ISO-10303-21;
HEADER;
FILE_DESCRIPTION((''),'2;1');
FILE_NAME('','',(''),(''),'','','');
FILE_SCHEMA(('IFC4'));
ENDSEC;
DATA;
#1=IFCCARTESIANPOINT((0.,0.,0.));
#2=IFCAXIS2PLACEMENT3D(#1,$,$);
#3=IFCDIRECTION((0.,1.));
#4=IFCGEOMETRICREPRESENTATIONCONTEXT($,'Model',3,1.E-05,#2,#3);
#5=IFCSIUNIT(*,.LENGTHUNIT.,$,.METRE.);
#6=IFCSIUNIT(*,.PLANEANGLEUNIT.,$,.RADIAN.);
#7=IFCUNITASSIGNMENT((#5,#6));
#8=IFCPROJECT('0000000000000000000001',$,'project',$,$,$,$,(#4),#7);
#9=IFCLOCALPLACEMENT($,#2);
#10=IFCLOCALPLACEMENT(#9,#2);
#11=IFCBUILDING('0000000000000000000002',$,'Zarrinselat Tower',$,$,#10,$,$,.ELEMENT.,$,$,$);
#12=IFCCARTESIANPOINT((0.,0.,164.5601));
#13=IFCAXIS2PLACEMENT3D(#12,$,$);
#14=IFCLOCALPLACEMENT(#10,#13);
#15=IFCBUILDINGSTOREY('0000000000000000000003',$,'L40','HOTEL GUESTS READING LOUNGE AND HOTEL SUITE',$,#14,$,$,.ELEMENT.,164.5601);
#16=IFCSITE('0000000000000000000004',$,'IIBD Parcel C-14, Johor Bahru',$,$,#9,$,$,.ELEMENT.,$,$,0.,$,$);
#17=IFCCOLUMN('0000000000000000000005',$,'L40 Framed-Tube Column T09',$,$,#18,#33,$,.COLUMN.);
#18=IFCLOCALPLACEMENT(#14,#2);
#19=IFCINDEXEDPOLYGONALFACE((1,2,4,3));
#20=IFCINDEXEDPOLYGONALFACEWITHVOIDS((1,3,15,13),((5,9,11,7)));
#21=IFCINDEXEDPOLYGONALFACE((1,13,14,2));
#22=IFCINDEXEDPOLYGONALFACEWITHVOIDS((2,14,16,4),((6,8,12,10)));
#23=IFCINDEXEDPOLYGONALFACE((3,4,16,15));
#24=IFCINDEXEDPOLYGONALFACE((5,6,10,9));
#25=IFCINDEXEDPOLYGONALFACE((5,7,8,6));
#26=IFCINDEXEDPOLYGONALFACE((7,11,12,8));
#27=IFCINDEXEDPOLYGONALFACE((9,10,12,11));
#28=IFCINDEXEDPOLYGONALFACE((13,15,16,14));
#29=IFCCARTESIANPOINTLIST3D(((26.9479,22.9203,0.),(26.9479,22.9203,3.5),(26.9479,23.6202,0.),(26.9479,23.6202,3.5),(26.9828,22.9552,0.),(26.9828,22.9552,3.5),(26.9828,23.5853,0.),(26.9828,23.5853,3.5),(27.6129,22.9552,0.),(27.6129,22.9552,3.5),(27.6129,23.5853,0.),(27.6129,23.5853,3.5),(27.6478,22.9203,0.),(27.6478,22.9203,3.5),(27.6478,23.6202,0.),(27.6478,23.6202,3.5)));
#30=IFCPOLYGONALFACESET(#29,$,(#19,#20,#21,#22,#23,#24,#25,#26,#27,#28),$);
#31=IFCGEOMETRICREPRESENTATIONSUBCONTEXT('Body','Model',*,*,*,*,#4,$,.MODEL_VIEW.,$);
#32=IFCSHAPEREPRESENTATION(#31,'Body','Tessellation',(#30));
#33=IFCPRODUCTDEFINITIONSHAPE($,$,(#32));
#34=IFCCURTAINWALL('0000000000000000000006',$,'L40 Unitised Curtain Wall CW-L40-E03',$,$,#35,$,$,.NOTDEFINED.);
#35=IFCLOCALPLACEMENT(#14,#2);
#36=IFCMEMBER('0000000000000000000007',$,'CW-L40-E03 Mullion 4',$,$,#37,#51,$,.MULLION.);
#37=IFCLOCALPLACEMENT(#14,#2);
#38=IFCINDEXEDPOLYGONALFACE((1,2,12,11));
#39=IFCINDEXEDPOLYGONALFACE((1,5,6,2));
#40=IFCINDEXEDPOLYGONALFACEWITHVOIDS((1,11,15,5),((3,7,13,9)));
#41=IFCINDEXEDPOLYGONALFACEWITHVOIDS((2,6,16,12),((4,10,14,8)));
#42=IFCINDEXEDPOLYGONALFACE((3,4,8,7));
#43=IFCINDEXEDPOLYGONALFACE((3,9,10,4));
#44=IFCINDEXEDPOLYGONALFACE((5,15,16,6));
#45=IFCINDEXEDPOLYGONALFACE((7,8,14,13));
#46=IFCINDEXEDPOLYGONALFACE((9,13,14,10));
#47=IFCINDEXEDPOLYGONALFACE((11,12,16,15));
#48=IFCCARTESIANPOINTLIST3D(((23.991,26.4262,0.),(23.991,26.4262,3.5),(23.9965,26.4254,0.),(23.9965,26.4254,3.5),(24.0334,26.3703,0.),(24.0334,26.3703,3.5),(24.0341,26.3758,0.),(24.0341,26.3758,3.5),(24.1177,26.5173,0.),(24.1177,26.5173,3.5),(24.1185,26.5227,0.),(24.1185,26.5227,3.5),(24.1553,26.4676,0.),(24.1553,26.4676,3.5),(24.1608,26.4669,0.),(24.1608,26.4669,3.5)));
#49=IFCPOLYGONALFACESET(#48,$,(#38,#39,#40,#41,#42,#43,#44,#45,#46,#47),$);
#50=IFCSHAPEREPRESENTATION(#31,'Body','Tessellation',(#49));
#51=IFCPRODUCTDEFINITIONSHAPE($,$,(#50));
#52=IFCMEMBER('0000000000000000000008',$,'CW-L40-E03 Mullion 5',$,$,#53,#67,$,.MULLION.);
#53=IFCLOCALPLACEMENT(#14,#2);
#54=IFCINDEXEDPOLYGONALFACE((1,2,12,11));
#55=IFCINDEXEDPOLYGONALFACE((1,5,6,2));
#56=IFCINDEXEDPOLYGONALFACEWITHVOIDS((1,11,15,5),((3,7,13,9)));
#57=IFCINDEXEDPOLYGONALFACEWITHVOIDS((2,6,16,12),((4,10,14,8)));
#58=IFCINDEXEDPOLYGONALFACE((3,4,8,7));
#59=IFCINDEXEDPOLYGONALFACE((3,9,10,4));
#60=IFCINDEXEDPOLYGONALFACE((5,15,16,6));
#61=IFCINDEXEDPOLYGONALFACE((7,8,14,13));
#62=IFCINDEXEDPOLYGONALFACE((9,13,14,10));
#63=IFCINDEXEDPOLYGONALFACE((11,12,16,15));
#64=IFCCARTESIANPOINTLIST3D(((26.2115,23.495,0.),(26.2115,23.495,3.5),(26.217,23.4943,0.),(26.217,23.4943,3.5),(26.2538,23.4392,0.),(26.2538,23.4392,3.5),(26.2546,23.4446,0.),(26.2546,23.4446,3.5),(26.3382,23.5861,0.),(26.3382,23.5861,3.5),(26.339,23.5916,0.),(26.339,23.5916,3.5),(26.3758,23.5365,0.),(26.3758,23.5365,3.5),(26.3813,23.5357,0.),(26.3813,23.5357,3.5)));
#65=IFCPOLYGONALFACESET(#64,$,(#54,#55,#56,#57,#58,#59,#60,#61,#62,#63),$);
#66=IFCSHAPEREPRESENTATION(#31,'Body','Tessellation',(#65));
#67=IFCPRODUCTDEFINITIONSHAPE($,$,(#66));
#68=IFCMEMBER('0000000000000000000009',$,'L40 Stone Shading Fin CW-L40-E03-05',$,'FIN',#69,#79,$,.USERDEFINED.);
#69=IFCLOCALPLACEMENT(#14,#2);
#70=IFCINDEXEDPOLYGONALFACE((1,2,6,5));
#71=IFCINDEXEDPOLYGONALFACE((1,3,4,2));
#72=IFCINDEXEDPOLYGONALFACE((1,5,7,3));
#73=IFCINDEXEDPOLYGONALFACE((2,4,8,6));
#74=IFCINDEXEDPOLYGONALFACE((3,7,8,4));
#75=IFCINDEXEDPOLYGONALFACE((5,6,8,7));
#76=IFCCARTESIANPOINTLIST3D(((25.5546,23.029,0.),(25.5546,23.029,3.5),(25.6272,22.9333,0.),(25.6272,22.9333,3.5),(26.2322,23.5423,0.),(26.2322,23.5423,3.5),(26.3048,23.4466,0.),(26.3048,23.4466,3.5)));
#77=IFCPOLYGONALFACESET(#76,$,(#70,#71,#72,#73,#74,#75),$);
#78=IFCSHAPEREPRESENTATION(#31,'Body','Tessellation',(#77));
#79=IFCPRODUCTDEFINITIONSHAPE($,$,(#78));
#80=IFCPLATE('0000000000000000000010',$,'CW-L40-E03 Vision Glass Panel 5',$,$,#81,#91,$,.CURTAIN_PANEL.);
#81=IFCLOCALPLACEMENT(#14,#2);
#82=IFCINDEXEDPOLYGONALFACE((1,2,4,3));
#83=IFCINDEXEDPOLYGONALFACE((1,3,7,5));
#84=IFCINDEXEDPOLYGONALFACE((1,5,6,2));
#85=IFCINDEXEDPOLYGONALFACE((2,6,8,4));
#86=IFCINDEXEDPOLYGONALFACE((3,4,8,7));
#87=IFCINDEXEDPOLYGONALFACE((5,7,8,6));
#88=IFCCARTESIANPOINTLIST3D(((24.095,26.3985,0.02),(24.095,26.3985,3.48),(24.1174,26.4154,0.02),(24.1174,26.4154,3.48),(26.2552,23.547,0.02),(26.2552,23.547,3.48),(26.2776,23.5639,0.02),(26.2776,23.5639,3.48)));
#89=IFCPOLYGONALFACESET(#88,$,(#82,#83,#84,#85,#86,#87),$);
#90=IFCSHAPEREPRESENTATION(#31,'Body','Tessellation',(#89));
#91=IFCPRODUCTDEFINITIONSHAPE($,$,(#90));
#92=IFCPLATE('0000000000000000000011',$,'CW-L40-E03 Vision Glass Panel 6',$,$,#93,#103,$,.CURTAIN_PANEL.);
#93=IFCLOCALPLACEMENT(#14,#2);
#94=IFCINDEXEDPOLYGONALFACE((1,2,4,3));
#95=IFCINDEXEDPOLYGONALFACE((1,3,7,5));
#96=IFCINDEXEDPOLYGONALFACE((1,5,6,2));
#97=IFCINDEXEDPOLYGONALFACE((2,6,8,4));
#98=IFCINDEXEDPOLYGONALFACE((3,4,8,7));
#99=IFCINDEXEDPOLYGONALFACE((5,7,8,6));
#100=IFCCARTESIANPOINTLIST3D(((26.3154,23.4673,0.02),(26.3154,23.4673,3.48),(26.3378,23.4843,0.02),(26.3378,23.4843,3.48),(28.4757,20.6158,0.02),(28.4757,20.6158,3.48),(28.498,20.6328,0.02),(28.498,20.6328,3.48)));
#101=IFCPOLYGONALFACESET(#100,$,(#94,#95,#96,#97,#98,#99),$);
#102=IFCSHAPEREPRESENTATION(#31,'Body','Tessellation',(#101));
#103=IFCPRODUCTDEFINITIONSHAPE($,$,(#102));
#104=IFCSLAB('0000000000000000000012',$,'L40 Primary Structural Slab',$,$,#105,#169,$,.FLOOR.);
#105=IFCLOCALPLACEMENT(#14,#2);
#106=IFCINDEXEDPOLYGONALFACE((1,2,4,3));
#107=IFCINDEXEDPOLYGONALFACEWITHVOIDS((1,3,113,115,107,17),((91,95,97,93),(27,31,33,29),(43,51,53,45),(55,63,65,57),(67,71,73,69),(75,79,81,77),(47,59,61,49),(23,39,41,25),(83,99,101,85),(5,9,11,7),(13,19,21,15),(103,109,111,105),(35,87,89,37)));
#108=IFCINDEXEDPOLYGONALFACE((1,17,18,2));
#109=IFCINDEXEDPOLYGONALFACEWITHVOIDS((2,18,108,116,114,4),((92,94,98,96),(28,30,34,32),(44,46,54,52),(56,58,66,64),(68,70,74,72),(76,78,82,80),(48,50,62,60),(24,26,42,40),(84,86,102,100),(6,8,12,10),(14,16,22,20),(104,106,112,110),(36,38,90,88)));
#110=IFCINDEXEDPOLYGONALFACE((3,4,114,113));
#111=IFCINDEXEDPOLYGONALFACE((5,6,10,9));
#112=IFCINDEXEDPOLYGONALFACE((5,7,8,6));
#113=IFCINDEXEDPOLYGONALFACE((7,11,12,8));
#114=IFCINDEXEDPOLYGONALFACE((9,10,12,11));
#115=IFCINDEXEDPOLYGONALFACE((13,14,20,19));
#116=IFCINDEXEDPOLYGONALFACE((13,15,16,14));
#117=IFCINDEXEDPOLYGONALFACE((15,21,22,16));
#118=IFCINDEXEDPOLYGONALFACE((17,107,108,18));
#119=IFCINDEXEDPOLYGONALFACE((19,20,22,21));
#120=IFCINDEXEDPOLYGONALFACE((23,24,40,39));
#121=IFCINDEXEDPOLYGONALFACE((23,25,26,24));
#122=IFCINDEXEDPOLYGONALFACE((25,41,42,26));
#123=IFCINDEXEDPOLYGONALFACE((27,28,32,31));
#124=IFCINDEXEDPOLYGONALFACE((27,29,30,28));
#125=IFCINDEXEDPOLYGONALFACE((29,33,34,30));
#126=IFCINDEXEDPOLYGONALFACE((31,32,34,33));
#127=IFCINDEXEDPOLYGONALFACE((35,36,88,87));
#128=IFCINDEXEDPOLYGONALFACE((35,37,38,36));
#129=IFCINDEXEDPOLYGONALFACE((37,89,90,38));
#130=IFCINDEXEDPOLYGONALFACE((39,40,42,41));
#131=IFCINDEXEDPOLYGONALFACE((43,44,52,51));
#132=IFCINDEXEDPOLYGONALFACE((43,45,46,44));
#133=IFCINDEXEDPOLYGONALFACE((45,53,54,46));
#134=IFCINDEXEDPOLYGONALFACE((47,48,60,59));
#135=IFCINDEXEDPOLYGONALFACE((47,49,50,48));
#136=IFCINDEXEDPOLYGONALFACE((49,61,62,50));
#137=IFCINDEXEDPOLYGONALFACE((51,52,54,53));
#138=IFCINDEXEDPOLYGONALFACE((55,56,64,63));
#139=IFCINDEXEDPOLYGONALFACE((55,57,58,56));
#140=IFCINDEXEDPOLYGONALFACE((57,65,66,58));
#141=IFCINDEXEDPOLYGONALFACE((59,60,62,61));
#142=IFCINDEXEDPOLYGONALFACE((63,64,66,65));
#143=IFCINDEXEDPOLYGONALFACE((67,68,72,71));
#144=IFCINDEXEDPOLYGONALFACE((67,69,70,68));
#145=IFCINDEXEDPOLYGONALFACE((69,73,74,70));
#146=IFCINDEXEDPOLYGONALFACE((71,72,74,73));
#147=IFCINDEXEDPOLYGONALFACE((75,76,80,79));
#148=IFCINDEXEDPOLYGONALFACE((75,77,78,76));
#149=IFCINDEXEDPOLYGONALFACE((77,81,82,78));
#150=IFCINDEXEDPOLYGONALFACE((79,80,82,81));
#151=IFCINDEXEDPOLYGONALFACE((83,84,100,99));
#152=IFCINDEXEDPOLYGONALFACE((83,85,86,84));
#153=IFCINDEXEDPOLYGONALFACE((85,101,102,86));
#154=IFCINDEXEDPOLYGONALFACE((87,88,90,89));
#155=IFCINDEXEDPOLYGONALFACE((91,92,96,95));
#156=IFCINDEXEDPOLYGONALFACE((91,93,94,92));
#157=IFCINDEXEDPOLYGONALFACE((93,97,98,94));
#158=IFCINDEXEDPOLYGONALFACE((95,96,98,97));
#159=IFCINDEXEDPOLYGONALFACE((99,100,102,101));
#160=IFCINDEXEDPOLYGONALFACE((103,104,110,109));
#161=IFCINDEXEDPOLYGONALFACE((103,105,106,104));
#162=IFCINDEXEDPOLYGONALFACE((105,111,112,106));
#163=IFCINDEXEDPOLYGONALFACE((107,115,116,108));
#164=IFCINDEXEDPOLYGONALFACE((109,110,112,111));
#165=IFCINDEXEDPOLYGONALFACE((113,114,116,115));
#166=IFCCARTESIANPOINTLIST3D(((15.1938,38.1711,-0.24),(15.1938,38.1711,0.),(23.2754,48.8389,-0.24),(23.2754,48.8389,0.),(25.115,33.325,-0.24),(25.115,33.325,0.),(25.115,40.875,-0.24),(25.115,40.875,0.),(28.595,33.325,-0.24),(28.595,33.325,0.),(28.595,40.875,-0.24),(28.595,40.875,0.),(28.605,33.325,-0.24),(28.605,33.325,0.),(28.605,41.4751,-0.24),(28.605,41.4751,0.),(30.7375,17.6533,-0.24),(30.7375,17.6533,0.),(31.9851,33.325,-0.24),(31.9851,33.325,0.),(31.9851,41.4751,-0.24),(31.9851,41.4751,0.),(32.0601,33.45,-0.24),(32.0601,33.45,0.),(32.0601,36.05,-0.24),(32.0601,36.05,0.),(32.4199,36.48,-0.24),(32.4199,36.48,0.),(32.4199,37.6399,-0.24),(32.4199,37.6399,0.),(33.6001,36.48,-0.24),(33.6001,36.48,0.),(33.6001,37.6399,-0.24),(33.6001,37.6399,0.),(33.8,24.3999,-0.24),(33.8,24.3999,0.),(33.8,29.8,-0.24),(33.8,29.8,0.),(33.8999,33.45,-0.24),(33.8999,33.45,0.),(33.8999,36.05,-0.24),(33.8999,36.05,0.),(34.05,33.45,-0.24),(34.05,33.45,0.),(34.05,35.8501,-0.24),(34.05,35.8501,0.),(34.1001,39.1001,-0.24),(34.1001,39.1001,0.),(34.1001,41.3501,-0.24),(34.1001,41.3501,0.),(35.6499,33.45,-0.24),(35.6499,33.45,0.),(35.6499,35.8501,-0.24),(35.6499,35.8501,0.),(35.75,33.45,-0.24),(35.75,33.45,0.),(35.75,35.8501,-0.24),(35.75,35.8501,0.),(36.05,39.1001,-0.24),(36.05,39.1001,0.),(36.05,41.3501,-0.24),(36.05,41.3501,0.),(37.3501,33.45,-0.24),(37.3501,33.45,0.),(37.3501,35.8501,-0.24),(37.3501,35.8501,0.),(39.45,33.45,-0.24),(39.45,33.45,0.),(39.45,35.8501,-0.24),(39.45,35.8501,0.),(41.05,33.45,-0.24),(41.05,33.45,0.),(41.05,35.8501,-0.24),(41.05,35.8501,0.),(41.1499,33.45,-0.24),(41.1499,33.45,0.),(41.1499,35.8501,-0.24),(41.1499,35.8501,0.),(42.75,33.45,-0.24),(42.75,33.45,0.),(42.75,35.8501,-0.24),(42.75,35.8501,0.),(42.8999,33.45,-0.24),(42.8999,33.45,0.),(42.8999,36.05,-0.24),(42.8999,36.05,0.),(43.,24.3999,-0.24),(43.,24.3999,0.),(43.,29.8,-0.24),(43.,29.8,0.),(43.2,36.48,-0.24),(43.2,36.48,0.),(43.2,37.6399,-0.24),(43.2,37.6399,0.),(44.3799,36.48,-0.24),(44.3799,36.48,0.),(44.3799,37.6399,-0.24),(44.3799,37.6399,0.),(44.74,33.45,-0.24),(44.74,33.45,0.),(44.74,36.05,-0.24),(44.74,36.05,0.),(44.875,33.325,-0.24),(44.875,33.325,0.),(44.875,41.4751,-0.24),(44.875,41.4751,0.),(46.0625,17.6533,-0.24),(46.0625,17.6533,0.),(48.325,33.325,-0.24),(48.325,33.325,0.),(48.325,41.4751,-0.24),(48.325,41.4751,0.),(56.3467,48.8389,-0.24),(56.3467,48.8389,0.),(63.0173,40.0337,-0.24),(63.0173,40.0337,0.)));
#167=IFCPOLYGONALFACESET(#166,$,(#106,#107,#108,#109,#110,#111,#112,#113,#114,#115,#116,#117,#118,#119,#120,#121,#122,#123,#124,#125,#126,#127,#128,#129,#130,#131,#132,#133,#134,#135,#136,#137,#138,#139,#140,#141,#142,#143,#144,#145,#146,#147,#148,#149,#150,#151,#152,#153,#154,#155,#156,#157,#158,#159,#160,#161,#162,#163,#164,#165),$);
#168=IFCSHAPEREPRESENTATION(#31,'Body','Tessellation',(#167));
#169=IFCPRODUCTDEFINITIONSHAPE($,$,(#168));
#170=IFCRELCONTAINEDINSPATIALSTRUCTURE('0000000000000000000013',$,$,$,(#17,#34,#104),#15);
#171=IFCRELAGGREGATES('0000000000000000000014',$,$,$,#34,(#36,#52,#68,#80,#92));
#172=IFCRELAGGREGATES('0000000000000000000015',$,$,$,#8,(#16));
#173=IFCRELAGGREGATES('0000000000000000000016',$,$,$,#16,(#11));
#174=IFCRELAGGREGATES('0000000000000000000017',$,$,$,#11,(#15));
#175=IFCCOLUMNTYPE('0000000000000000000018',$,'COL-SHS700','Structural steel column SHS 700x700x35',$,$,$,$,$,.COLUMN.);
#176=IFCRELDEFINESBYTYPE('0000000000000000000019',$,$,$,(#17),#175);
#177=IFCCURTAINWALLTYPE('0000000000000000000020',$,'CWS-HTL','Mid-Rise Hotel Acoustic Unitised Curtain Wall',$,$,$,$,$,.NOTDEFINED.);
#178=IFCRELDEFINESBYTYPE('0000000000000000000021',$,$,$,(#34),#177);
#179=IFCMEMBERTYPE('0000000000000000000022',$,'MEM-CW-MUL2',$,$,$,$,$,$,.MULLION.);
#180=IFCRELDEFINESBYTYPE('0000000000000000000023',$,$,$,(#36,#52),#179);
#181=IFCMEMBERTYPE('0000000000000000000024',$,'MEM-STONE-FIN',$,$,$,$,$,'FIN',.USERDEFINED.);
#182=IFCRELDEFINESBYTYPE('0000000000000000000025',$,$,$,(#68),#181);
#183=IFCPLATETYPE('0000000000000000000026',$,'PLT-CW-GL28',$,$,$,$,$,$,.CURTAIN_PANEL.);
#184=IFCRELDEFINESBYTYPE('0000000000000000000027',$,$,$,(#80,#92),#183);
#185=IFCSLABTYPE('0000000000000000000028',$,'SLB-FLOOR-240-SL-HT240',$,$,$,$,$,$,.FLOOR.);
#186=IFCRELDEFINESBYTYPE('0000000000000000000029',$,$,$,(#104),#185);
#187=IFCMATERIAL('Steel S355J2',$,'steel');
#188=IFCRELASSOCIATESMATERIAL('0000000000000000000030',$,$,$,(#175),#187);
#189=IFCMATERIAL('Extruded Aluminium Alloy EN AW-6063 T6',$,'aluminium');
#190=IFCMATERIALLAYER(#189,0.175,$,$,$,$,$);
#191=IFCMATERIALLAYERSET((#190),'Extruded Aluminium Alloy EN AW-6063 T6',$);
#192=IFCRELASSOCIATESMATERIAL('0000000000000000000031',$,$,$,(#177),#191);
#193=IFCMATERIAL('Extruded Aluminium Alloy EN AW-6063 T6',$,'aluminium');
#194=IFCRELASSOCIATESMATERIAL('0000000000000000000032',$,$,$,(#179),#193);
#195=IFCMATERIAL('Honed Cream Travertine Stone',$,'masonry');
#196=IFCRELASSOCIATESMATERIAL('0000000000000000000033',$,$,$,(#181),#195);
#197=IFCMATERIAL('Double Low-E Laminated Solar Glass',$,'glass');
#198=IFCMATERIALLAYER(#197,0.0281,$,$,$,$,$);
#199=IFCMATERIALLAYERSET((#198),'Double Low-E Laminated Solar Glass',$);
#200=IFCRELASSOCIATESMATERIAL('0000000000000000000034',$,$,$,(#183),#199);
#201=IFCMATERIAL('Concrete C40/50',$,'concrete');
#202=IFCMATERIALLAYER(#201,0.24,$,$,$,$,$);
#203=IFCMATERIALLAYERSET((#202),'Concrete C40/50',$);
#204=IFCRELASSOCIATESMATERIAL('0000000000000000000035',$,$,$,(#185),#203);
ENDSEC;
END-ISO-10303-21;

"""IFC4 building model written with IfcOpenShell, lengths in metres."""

from ifc_helpers import new_model, si_unit, direction, frame, origin, origin_2d, place, context, subcontext, project, spatial, polyline, rectangle, hollow_rectangle, outline, extrude, material, layer, layer_set, material_profile, profile_set, type_object, element, aggregate, save


model = new_model("IFC4")

# Units and contexts
model_context = context("Model", 3, precision=1e-05, world=origin(), true_north=direction((0.0, 1.0)))
body_context = subcontext(model_context, "Body", "Model", "MODEL_VIEW")
ifc_project = project(units=[si_unit("LENGTHUNIT", "METRE"), si_unit("PLANEANGLEUNIT", "RADIAN")], contexts=[model_context])

# Site, building, storey
site_placement = place(None, origin())
site = spatial("IfcSite", under=ifc_project, at=site_placement, Name="IIBD Parcel C-14, Johor Bahru", CompositionType="ELEMENT", RefElevation=0.0)
building_placement = place(site_placement, origin())
building = spatial("IfcBuilding", under=site, at=building_placement, Name="Zarrinselat Tower", CompositionType="ELEMENT")
storey_placement = place(building_placement, frame((0.0, 0.0, 164.5601)))
storey = spatial("IfcBuildingStorey", under=building, at=storey_placement, Name="L40", Description="HOTEL GUESTS READING LOUNGE AND HOTEL SUITE", CompositionType="ELEMENT", Elevation=164.5601)

# Column
ifc_material_1 = material(Name="Steel S355J2", Category="steel")
ifc_material_profile_1 = material_profile(ifc_material_1, hollow_rectangle(XDim=0.7, YDim=0.7, WallThickness=0.0349, at=origin_2d()), Name="SHS 700x700x35")
ifc_profile_set_1 = profile_set([ifc_material_profile_1], Name="Steel S355J2")
column_type = type_object("IfcColumnType", Name="COL-SHS700", Description="Structural steel column SHS 700x700x35", PredefinedType="COLUMN", material=ifc_profile_set_1)
column_placement = place(storey_placement, frame((27.2979, 23.2703, 0.0), z_axis=(0.0, 0.0, 1.0), x_axis=(1.0, 0.0, 0.0)))
element("IfcColumn", 1, at=column_placement, inside=storey, type_object=column_type, Name="L40 Framed-Tube Column T09", PredefinedType="COLUMN", context=body_context, shape_type="SweptSolid", body=[
    extrude(hollow_rectangle(XDim=0.7, YDim=0.7, WallThickness=0.0349, at=origin_2d()), origin(), (0.0, 0.0, 1.0), 3.5),
])

# Curtain wall, members, plates
ifc_material_2 = material(Name="Extruded Aluminium Alloy EN AW-6063 T6", Category="aluminium")
ifc_layer_1 = layer(ifc_material_2, 0.175)
ifc_layer_set_1 = layer_set([ifc_layer_1], Name="Extruded Aluminium Alloy EN AW-6063 T6")
curtain_wall_type = type_object("IfcCurtainWallType", Name="CWS-HTL", Description="Mid-Rise Hotel Acoustic Unitised Curtain Wall", PredefinedType="NOTDEFINED", material=ifc_layer_set_1)
curtain_wall_placement = place(storey_placement, origin())
curtain_wall = element("IfcCurtainWall", 2, at=curtain_wall_placement, inside=storey, type_object=curtain_wall_type, Name="L40 Unitised Curtain Wall CW-L40-E03", PredefinedType="NOTDEFINED")
ifc_material_3 = material(Name="Extruded Aluminium Alloy EN AW-6063 T6", Category="aluminium")
ifc_material_profile_2 = material_profile(ifc_material_3, hollow_rectangle(XDim=0.0701, YDim=0.1599, WallThickness=0.0039, at=origin_2d()), Name="RHS 160x70x4")
ifc_profile_set_2 = profile_set([ifc_material_profile_2], Name="Extruded Aluminium Alloy EN AW-6063 T6")
member_type_1 = type_object("IfcMemberType", Name="MEM-CW-MUL2", PredefinedType="MULLION", material=ifc_profile_set_2)
member_1_placement = place(storey_placement, frame((24.0759, 26.4465, 0.0), z_axis=(0.0, 0.0, 1.0), x_axis=(0.603858, -0.797092, 0.0)))
member_1 = element("IfcMember", 3, at=member_1_placement, type_object=member_type_1, Name="CW-L40-E03 Mullion 4", PredefinedType="MULLION", context=body_context, shape_type="SweptSolid", body=[
    extrude(hollow_rectangle(XDim=0.0701, YDim=0.1599, WallThickness=0.0039, at=origin_2d()), origin(), (0.0, 0.0, 1.0), 3.5),
])
member_2_placement = place(storey_placement, frame((26.2964, 23.5154, 0.0), z_axis=(0.0, 0.0, 1.0), x_axis=(0.603858, -0.797092, 0.0)))
member_2 = element("IfcMember", 4, at=member_2_placement, type_object=member_type_1, Name="CW-L40-E03 Mullion 5", PredefinedType="MULLION", context=body_context, shape_type="SweptSolid", body=[
    extrude(hollow_rectangle(XDim=0.0701, YDim=0.1599, WallThickness=0.0039, at=origin_2d()), origin(), (0.0, 0.0, 1.0), 3.5),
])
ifc_material_4 = material(Name="Honed Cream Travertine Stone", Category="masonry")
ifc_material_profile_3 = material_profile(ifc_material_4, rectangle(XDim=0.1201, YDim=0.8501, at=origin_2d()), Name="FIN 850x120")
ifc_profile_set_3 = profile_set([ifc_material_profile_3], Name="Honed Cream Travertine Stone")
member_type_2 = type_object("IfcMemberType", Name="MEM-STONE-FIN", ElementType="FIN", PredefinedType="USERDEFINED", material=ifc_profile_set_3)
member_3_placement = place(storey_placement, frame((25.9297, 23.2378, 0.0), z_axis=(0.0, 0.0, 1.0), x_axis=(-0.603858, 0.797092, 0.0)))
member_3 = element("IfcMember", 5, at=member_3_placement, type_object=member_type_2, Name="L40 Stone Shading Fin CW-L40-E03-05", ObjectType="FIN", PredefinedType="USERDEFINED", context=body_context, shape_type="SweptSolid", body=[
    extrude(rectangle(XDim=0.1201, YDim=0.8501, at=origin_2d()), origin(), (0.0, 0.0, 1.0), 3.5),
])
ifc_material_5 = material(Name="Double Low-E Laminated Solar Glass", Category="glass")
ifc_layer_2 = layer(ifc_material_5, 0.0281)
ifc_layer_set_2 = layer_set([ifc_layer_2], Name="Double Low-E Laminated Solar Glass")
plate_type = type_object("IfcPlateType", Name="PLT-CW-GL28", PredefinedType="CURTAIN_PANEL", material=ifc_layer_set_2)
plate_1_placement = place(storey_placement, frame((25.1863, 24.9812, 0.02), z_axis=(0.0, 0.0, 1.0), x_axis=(0.603858, -0.797092, 0.0)))
plate_1 = element("IfcPlate", 6, at=plate_1_placement, type_object=plate_type, Name="CW-L40-E03 Vision Glass Panel 5", PredefinedType="CURTAIN_PANEL", context=body_context, shape_type="SweptSolid", body=[
    extrude(rectangle(XDim=3.5774, YDim=0.0281, at=origin_2d()), origin(), (0.0, 0.0, 1.0), 3.46),
])
plate_2_placement = place(storey_placement, frame((27.4067, 22.05, 0.02), z_axis=(0.0, 0.0, 1.0), x_axis=(0.603858, -0.797092, 0.0)))
plate_2 = element("IfcPlate", 7, at=plate_2_placement, type_object=plate_type, Name="CW-L40-E03 Vision Glass Panel 6", PredefinedType="CURTAIN_PANEL", context=body_context, shape_type="SweptSolid", body=[
    extrude(rectangle(XDim=3.5774, YDim=0.0281, at=origin_2d()), origin(), (0.0, 0.0, 1.0), 3.46),
])
aggregate(curtain_wall, [member_1, member_2, member_3, plate_1, plate_2])

# Slab
ifc_material_6 = material(Name="Concrete C40/50", Category="concrete")
ifc_layer_3 = layer(ifc_material_6, 0.24)
ifc_layer_set_3 = layer_set([ifc_layer_3], Name="Concrete C40/50")
slab_type_1 = type_object("IfcSlabType", Name="SLB-FLOOR-240-SL-HT240", PredefinedType="FLOOR", material=ifc_layer_set_3)
slab_1_placement = place(storey_placement, frame((0.0, 0.0, -0.24)))
element("IfcSlab", 8, at=slab_1_placement, inside=storey, type_object=slab_type_1, Name="L40 Primary Structural Slab", PredefinedType="FLOOR", context=body_context, shape_type="SweptSolid", body=[
    extrude(outline(polyline([(56.3467, 48.8389), (23.2754, 48.8389), (15.1938, 38.1711), (30.7375, 17.6533), (46.0625, 17.6533), (63.0173, 40.0337), (56.3467, 48.8389)]), holes=[polyline([(35.6499, 33.45), (34.05, 33.45), (34.05, 35.8501), (35.6499, 35.8501), (35.6499, 33.45)]), polyline([(35.75, 33.45), (35.75, 35.8501), (37.3501, 35.8501), (37.3501, 33.45), (35.75, 33.45)]), polyline([(32.0601, 33.45), (32.0601, 36.05), (33.8999, 36.05), (33.8999, 33.45), (32.0601, 33.45)]), polyline([(33.6001, 36.48), (32.4199, 36.48), (32.4199, 37.6399), (33.6001, 37.6399), (33.6001, 36.48)]), polyline([(28.595, 33.325), (25.115, 33.325), (25.115, 40.875), (28.595, 40.875), (28.595, 33.325)]), polyline([(31.9851, 33.325), (28.605, 33.325), (28.605, 41.4751), (31.9851, 41.4751), (31.9851, 33.325)]), polyline([(36.05, 39.1001), (34.1001, 39.1001), (34.1001, 41.3501), (36.05, 41.3501), (36.05, 39.1001)]), polyline([(33.8, 24.3999), (33.8, 29.8), (43.0, 29.8), (43.0, 24.3999), (33.8, 24.3999)]), polyline([(39.45, 33.45), (39.45, 35.8501), (41.05, 35.8501), (41.05, 33.45), (39.45, 33.45)]), polyline([(41.1499, 33.45), (41.1499, 35.8501), (42.75, 35.8501), (42.75, 33.45), (41.1499, 33.45)]), polyline([(42.8999, 33.45), (42.8999, 36.05), (44.74, 36.05), (44.74, 33.45), (42.8999, 33.45)]), polyline([(43.2, 36.48), (43.2, 37.6399), (44.3799, 37.6399), (44.3799, 36.48), (43.2, 36.48)]), polyline([(48.325, 33.325), (44.875, 33.325), (44.875, 41.4751), (48.325, 41.4751), (48.325, 33.325)])]), origin(), (0.0, 0.0, 1.0), 0.24),
])

save(model, "model.ifc")
